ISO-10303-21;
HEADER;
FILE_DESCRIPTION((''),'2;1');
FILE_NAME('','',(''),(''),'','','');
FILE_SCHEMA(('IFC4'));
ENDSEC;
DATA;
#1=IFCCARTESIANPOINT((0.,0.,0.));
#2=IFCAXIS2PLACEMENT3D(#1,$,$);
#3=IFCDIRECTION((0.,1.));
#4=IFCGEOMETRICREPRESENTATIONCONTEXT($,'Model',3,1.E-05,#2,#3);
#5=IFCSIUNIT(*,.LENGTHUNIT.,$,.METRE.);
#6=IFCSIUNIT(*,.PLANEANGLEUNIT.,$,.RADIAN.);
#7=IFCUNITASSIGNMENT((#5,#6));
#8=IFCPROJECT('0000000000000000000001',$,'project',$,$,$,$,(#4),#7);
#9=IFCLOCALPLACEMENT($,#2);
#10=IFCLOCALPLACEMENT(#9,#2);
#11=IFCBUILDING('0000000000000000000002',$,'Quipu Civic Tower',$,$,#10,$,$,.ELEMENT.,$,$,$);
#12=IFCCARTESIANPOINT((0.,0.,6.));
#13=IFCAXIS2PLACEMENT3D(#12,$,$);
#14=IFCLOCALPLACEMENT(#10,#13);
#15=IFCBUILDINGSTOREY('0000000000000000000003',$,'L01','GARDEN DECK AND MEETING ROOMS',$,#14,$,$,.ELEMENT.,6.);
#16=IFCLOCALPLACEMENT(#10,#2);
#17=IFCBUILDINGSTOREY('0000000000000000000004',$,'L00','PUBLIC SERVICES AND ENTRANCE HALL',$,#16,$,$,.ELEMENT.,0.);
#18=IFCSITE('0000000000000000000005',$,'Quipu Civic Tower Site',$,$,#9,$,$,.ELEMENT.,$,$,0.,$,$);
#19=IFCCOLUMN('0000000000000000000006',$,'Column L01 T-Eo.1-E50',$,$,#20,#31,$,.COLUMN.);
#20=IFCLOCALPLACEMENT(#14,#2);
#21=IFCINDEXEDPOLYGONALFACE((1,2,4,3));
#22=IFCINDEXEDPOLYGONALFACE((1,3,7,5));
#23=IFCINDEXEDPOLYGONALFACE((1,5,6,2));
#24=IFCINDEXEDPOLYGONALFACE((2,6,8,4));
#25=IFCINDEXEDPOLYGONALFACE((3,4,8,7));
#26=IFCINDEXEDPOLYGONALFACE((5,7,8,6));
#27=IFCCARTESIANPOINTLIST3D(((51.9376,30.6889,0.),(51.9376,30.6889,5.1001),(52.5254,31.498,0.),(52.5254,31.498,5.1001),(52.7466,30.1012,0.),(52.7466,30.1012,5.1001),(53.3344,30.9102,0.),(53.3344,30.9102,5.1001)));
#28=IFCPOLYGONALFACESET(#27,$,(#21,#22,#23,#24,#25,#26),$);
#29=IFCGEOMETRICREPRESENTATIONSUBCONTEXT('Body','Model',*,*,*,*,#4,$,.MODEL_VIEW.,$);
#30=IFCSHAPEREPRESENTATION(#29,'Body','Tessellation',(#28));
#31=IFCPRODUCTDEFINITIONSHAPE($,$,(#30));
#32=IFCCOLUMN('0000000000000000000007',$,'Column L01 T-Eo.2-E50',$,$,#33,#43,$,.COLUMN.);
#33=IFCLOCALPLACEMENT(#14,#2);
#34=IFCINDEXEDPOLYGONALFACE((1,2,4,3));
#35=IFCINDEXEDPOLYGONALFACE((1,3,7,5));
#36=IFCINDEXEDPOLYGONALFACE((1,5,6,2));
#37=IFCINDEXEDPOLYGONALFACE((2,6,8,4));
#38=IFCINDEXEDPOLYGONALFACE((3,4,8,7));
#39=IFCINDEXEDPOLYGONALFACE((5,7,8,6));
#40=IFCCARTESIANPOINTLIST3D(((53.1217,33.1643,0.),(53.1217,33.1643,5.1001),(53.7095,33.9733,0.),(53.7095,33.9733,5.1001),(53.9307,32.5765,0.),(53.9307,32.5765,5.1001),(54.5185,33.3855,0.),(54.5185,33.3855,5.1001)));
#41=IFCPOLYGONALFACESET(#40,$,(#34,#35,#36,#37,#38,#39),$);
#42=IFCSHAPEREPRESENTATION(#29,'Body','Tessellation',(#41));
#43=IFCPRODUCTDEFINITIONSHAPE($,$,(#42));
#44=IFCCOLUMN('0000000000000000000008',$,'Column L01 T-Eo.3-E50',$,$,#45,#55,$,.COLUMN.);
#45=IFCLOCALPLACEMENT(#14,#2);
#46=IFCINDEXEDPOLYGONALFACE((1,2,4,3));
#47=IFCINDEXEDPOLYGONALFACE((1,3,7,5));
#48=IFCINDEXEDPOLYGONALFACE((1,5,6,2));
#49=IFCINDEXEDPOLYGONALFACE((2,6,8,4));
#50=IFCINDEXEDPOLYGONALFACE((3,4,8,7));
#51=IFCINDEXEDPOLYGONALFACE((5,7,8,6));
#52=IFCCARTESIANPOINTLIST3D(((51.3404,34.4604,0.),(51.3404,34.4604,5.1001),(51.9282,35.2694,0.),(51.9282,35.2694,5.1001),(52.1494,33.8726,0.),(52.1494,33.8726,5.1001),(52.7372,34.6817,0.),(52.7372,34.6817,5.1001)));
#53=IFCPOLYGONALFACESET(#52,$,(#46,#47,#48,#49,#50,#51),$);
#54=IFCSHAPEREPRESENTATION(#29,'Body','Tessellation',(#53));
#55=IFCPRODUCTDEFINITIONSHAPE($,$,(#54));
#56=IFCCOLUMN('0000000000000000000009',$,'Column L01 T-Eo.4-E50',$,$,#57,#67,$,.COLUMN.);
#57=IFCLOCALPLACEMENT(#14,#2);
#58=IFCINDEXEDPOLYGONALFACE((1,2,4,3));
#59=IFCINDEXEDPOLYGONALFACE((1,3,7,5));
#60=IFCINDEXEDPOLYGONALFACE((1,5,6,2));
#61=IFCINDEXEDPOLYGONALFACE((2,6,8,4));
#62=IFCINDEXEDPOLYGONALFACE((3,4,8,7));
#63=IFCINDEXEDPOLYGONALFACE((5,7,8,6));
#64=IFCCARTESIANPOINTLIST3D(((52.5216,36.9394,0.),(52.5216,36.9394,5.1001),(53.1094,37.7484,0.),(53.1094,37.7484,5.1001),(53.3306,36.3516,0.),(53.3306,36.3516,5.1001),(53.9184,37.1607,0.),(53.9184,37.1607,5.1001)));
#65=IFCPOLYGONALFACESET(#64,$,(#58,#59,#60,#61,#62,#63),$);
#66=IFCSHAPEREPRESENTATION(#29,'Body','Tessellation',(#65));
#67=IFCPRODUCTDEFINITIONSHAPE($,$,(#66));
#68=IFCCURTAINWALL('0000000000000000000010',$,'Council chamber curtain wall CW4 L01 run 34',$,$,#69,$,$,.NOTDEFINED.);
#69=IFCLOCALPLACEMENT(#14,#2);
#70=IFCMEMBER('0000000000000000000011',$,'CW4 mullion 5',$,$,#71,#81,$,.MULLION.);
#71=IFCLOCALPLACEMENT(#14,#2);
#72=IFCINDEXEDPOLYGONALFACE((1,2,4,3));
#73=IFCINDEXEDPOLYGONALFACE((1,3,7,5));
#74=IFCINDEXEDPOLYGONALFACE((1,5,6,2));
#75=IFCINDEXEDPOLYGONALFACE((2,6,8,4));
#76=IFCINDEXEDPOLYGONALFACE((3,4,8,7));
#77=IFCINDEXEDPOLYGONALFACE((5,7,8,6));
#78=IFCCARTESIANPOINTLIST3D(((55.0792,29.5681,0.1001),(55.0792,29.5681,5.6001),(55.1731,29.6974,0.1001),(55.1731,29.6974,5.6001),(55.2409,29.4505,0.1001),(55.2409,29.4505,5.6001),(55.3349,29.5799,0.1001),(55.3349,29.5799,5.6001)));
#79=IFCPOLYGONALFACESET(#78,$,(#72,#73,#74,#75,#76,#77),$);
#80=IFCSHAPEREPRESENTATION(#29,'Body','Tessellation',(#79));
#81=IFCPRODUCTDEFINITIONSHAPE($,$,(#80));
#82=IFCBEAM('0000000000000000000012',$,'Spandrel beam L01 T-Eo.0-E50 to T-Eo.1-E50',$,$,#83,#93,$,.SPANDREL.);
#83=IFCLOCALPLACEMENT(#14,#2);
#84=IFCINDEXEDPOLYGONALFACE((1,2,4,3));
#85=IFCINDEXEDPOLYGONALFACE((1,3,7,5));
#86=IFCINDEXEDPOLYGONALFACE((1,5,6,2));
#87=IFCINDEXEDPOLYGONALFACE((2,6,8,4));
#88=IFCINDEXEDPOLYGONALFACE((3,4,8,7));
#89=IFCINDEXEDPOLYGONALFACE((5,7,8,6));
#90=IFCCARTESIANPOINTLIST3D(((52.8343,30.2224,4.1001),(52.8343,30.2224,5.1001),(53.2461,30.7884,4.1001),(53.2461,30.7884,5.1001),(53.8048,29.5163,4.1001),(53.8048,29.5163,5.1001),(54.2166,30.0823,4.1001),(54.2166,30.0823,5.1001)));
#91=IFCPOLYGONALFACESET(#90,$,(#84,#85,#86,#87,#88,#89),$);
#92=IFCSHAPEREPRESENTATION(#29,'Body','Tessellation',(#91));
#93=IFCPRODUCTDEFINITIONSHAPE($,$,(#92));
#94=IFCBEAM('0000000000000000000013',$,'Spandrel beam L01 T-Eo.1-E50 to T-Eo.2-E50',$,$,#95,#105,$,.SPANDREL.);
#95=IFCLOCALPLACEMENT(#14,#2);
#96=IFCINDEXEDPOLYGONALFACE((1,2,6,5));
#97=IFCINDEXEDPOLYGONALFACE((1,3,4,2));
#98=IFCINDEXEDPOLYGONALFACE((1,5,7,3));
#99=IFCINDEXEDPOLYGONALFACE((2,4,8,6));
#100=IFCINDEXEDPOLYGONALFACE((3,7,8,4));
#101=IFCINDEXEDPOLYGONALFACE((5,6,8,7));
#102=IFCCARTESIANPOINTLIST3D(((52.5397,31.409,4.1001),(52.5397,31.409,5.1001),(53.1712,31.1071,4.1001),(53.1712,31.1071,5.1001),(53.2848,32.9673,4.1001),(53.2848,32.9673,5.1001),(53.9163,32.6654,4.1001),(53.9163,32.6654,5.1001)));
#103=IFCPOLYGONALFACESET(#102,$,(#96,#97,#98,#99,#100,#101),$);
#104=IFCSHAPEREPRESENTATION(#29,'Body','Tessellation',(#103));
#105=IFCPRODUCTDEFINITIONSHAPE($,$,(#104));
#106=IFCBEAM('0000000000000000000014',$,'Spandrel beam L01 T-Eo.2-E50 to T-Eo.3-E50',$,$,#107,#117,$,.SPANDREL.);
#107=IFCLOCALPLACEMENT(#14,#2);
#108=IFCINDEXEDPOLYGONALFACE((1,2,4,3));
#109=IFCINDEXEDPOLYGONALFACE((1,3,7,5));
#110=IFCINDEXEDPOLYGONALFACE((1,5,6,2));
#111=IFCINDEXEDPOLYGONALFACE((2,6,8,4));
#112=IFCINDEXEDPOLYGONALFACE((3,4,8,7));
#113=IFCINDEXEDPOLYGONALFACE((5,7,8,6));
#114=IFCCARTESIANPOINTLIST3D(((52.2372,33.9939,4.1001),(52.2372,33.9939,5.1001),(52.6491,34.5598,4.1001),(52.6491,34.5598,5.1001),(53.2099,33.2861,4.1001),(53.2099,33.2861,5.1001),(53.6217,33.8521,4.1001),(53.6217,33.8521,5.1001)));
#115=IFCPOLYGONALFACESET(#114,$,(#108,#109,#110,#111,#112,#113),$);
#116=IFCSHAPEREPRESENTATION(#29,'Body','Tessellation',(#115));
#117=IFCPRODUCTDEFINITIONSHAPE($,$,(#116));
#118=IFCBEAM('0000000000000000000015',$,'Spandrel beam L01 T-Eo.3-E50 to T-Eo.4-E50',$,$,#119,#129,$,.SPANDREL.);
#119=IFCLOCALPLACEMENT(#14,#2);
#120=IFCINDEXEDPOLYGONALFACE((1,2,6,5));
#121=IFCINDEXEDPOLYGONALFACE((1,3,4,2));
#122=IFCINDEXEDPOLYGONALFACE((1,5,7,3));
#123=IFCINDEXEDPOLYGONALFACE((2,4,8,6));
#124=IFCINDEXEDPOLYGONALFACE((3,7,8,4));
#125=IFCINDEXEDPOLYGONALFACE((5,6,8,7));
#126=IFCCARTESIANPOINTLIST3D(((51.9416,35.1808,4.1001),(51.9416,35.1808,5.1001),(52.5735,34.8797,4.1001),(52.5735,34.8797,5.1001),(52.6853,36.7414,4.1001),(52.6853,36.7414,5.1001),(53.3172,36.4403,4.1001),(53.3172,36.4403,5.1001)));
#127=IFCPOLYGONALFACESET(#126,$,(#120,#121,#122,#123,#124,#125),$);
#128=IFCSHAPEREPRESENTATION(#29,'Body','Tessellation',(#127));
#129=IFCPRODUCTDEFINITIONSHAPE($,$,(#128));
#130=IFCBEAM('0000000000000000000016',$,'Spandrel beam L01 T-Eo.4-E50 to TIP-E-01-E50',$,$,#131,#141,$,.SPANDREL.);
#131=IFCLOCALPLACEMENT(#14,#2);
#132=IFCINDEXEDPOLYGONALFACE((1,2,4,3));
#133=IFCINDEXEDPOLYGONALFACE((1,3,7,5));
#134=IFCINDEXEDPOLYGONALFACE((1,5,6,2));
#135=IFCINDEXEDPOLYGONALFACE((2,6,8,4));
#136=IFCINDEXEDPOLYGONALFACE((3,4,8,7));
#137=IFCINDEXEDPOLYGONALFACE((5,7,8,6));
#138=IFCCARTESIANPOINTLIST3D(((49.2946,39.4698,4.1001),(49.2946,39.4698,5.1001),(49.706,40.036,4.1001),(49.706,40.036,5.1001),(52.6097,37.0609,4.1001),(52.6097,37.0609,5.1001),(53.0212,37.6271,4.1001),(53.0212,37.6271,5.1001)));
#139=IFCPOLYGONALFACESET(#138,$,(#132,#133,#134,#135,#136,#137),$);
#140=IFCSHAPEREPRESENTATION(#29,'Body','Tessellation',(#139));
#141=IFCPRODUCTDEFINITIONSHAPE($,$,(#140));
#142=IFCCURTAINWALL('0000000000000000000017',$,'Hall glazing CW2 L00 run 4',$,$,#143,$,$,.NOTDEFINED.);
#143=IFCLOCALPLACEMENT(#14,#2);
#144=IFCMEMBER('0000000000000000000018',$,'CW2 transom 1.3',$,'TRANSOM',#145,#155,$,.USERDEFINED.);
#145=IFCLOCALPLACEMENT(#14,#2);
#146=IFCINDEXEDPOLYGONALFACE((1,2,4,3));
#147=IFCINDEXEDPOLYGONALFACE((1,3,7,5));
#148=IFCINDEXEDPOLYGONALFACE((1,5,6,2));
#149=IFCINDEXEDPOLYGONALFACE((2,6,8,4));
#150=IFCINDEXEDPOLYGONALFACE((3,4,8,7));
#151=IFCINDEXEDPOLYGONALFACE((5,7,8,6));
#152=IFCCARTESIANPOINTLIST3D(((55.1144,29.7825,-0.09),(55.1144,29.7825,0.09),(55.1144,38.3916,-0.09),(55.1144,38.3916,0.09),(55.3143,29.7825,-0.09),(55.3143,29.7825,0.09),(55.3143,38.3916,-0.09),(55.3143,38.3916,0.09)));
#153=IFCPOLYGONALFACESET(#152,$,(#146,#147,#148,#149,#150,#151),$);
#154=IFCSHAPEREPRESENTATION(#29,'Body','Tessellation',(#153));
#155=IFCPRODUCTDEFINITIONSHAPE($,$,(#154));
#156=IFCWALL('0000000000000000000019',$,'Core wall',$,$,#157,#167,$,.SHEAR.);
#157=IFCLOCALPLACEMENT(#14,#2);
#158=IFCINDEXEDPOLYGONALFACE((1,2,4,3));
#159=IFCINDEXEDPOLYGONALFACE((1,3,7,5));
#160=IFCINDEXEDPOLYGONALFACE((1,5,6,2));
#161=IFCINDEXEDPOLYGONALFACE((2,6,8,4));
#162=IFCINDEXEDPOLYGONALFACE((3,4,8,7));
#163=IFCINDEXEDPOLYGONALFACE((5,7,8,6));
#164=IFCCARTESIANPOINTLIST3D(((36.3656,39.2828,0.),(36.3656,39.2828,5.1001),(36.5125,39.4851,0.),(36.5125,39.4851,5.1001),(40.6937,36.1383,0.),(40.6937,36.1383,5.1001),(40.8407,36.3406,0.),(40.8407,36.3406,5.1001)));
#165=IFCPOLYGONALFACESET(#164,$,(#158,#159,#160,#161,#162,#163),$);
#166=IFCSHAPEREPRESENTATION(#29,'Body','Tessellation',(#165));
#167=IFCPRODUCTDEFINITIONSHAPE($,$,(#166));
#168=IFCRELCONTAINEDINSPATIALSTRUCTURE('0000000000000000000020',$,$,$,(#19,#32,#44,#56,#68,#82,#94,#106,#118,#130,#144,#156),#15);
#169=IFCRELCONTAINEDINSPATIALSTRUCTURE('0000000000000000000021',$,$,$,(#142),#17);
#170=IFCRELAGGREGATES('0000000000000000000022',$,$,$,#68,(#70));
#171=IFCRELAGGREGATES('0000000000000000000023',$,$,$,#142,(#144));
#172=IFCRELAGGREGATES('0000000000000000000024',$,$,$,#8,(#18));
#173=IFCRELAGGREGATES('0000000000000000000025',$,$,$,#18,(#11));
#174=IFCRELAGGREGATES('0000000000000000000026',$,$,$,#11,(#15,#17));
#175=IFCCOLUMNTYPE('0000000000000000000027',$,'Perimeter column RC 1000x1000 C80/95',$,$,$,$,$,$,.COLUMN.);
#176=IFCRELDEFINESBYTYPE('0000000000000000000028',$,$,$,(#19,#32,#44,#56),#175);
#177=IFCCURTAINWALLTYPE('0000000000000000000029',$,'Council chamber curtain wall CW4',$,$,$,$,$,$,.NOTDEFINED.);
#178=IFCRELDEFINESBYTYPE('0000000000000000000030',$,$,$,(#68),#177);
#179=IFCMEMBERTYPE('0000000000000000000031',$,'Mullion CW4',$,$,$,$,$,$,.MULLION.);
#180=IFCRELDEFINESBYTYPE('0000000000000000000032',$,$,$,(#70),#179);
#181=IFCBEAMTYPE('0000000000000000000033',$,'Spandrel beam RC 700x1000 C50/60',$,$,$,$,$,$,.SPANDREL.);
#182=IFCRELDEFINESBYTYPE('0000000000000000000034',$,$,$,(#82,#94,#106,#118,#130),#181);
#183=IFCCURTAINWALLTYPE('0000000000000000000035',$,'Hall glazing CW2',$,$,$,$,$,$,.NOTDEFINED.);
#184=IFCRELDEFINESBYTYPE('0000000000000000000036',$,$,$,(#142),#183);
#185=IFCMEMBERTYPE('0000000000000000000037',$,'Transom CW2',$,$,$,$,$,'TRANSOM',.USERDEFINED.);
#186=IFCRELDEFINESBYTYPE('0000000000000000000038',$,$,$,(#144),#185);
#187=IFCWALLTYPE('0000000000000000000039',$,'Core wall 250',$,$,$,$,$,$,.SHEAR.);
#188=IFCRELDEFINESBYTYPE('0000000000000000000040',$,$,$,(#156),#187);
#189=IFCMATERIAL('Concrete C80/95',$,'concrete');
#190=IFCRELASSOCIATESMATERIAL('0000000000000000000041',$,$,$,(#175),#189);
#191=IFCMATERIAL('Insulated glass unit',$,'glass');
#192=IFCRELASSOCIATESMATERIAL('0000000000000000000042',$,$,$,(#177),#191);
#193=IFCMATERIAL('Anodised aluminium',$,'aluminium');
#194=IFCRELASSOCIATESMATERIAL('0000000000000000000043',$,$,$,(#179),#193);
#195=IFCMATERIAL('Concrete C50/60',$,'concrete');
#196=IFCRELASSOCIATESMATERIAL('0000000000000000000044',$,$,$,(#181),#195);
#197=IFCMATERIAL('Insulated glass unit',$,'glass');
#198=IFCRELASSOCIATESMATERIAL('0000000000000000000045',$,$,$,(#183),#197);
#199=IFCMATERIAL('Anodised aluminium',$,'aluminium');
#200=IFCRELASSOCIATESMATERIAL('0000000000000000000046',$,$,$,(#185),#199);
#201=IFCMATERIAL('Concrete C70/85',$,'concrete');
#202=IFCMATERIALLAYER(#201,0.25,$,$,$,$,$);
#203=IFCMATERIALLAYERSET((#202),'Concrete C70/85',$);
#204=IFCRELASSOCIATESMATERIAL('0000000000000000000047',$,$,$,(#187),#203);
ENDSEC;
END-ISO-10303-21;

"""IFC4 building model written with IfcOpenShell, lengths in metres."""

from ifc_helpers import new_model, si_unit, direction, frame, frame_2d, origin, origin_2d, place, context, subcontext, project, spatial, rectangle, extrude, material, layer, layer_set, material_profile, profile_set, type_object, element, aggregate, save


model = new_model("IFC4")

# Units and contexts
model_context = context("Model", 3, precision=1e-05, world=origin(), true_north=direction((0.0, 1.0)))
body_context = subcontext(model_context, "Body", "Model", "MODEL_VIEW")
ifc_project = project(units=[si_unit("LENGTHUNIT", "METRE"), si_unit("PLANEANGLEUNIT", "RADIAN")], contexts=[model_context])

# Site, building, storey
site_placement = place(None, origin())
site = spatial("IfcSite", under=ifc_project, at=site_placement, Name="Quipu Civic Tower Site", CompositionType="ELEMENT", RefElevation=0.0)
building_placement = place(site_placement, origin())
building = spatial("IfcBuilding", under=site, at=building_placement, Name="Quipu Civic Tower", CompositionType="ELEMENT")
storey_1_placement = place(building_placement, frame((0.0, 0.0, 6.0)))
storey_1 = spatial("IfcBuildingStorey", under=building, at=storey_1_placement, Name="L01", Description="GARDEN DECK AND MEETING ROOMS", CompositionType="ELEMENT", Elevation=6.0)

# Columns
ifc_material_1 = material(Name="Concrete C80/95", Category="concrete")
ifc_material_profile_1 = material_profile(ifc_material_1, rectangle(XDim=1.0, YDim=1.0, at=origin_2d()), Name="RC1000x1000")
ifc_profile_set_1 = profile_set([ifc_material_profile_1], Name="Concrete C80/95")
column_type = type_object("IfcColumnType", Name="Perimeter column RC 1000x1000 C80/95", PredefinedType="COLUMN", material=ifc_profile_set_1)
for number, where, z_axis, x_axis, name in (
    (1, (52.636, 30.7996, 0.0), (0.0, 0.0, 1.0), (-0.809017, 0.587785, 0.0), "Column L01 T-Eo.1-E50"),
    (2, (53.8201, 33.2749, 0.0), (0.0, 0.0, 1.0), (-0.809017, 0.587785, 0.0), "Column L01 T-Eo.2-E50"),
    (3, (52.0388, 34.571, 0.0), (0.0, 0.0, 1.0), (0.587785, 0.809017, 0.0), "Column L01 T-Eo.3-E50"),
    (4, (53.22, 37.05, 0.0), (0.0, 0.0, 1.0), (-0.809017, 0.587785, 0.0), "Column L01 T-Eo.4-E50"),
):
    element("IfcColumn", number, at=place(storey_1_placement, frame(where, z_axis=z_axis, x_axis=x_axis)), inside=storey_1, type_object=column_type, Name=name, PredefinedType="COLUMN", context=body_context, shape_type="SweptSolid", body=[
        extrude(rectangle(XDim=1.0, YDim=1.0, at=origin_2d()), origin(), (0.0, 0.0, 1.0), 5.1001),
    ])

# Curtain wall, member
ifc_material_2 = material(Name="Insulated glass unit", Category="glass")
curtain_wall_type_1 = type_object("IfcCurtainWallType", Name="Council chamber curtain wall CW4", PredefinedType="NOTDEFINED", material=ifc_material_2)
curtain_wall_1_placement = place(storey_1_placement, origin())
curtain_wall_1 = element("IfcCurtainWall", 5, at=curtain_wall_1_placement, inside=storey_1, type_object=curtain_wall_type_1, Name="Council chamber curtain wall CW4 L01 run 34", PredefinedType="NOTDEFINED")
ifc_material_3 = material(Name="Anodised aluminium", Category="aluminium")
ifc_material_profile_2 = material_profile(ifc_material_3, rectangle(XDim=0.2, YDim=0.1599, at=origin_2d()), Name="RECT 200x160")
ifc_profile_set_2 = profile_set([ifc_material_profile_2], Name="Anodised aluminium")
member_type_1 = type_object("IfcMemberType", Name="Mullion CW4", PredefinedType="MULLION", material=ifc_profile_set_2)
member_1_placement = place(storey_1_placement, frame((55.207, 29.574, 0.1001), z_axis=(0.0, 0.0, 1.0), x_axis=(-0.809017, 0.587785, 0.0)))
member_1 = element("IfcMember", 6, at=member_1_placement, type_object=member_type_1, Name="CW4 mullion 5", PredefinedType="MULLION", context=body_context, shape_type="SweptSolid", body=[
    extrude(rectangle(XDim=0.2, YDim=0.1599, at=origin_2d()), origin(), (0.0, 0.0, 1.0), 5.5),
])
aggregate(curtain_wall_1, [member_1])

# Beams
ifc_material_4 = material(Name="Concrete C50/60", Category="concrete")
ifc_material_profile_3 = material_profile(ifc_material_4, rectangle(XDim=0.7, YDim=1.0, at=origin_2d()), Name="RC700x1000")
ifc_profile_set_3 = profile_set([ifc_material_profile_3], Name="Concrete C50/60")
beam_type = type_object("IfcBeamType", Name="Spandrel beam RC 700x1000 C50/60", PredefinedType="SPANDREL", material=ifc_profile_set_3)
beam_1_placement = place(storey_1_placement, frame((54.0107, 29.7993, 4.6001), z_axis=(-0.808631, 0.588317, 0.0), x_axis=(-0.588317, -0.808631, 0.0)))
element("IfcBeam", 7, at=beam_1_placement, inside=storey_1, type_object=beam_type, Name="Spandrel beam L01 T-Eo.0-E50 to T-Eo.1-E50", PredefinedType="SPANDREL", context=body_context, shape_type="SweptSolid", body=[
    extrude(rectangle(XDim=0.7, YDim=1.0, at=origin_2d()), origin(), (0.0, 0.0, 1.0), 1.2002),
])
beam_2_placement = place(storey_1_placement, frame((52.8555, 31.2581, 4.6001), z_axis=(0.43137, 0.902175, 0.0), x_axis=(-0.902175, 0.43137, 0.0)))
element("IfcBeam", 8, at=beam_2_placement, inside=storey_1, type_object=beam_type, Name="Spandrel beam L01 T-Eo.1-E50 to T-Eo.2-E50", PredefinedType="SPANDREL", context=body_context, shape_type="SweptSolid", body=[
    extrude(rectangle(XDim=0.7, YDim=1.0, at=origin_2d()), origin(), (0.0, 0.0, 1.0), 1.7273),
])
beam_3_placement = place(storey_1_placement, frame((53.4158, 33.5691, 4.6001), z_axis=(-0.808587, 0.588377, 0.0), x_axis=(-0.588377, -0.808587, 0.0)))
element("IfcBeam", 9, at=beam_3_placement, inside=storey_1, type_object=beam_type, Name="Spandrel beam L01 T-Eo.2-E50 to T-Eo.3-E50", PredefinedType="SPANDREL", context=body_context, shape_type="SweptSolid", body=[
    extrude(rectangle(XDim=0.7, YDim=1.0, at=origin_2d()), origin(), (0.0, 0.0, 1.0), 1.2029),
])
beam_4_placement = place(storey_1_placement, frame((52.2576, 35.0303, 4.6001), z_axis=(0.430186, 0.90274, 0.0), x_axis=(-0.90274, 0.430186, 0.0)))
element("IfcBeam", 10, at=beam_4_placement, inside=storey_1, type_object=beam_type, Name="Spandrel beam L01 T-Eo.3-E50 to T-Eo.4-E50", PredefinedType="SPANDREL", context=body_context, shape_type="SweptSolid", body=[
    extrude(rectangle(XDim=0.7, YDim=1.0, at=origin_2d()), origin(), (0.0, 0.0, 1.0), 1.7288),
])
beam_5_placement = place(storey_1_placement, frame((52.8154, 37.344, 4.6001), z_axis=(-0.808981, 0.587835, 0.0), x_axis=(-0.587835, -0.808981, 0.0)))
element("IfcBeam", 11, at=beam_5_placement, inside=storey_1, type_object=beam_type, Name="Spandrel beam L01 T-Eo.4-E50 to TIP-E-01-E50", PredefinedType="SPANDREL", context=body_context, shape_type="SweptSolid", body=[
    extrude(rectangle(XDim=0.7, YDim=1.0, at=origin_2d()), origin(), (0.0, 0.0, 1.0), 4.0979),
])

# Shared definitions
storey_2_placement = place(building_placement, origin())
storey_2 = spatial("IfcBuildingStorey", under=building, at=storey_2_placement, Name="L00", Description="PUBLIC SERVICES AND ENTRANCE HALL", CompositionType="ELEMENT", Elevation=0.0)

# Curtain wall, member
ifc_material_5 = material(Name="Insulated glass unit", Category="glass")
curtain_wall_type_2 = type_object("IfcCurtainWallType", Name="Hall glazing CW2", PredefinedType="NOTDEFINED", material=ifc_material_5)
curtain_wall_2_placement = place(storey_2_placement, origin())
curtain_wall_2 = element("IfcCurtainWall", 12, at=curtain_wall_2_placement, inside=storey_2, type_object=curtain_wall_type_2, Name="Hall glazing CW2 L00 run 4", PredefinedType="NOTDEFINED")
ifc_material_6 = material(Name="Anodised aluminium", Category="aluminium")
ifc_material_profile_4 = material_profile(ifc_material_6, rectangle(XDim=0.2, YDim=0.1799, at=origin_2d()), Name="RECT 200x180")
ifc_profile_set_4 = profile_set([ifc_material_profile_4], Name="Anodised aluminium")
member_type_2 = type_object("IfcMemberType", Name="Transom CW2", ElementType="TRANSOM", PredefinedType="USERDEFINED", material=ifc_profile_set_4)
member_2_placement = place(storey_1_placement, frame((55.2144, 29.7825, 0.0), z_axis=(0.0, 1.0, 0.0), x_axis=(-1.0, 0.0, 0.0)))
member_2 = element("IfcMember", 13, at=member_2_placement, inside=storey_1, type_object=member_type_2, Name="CW2 transom 1.3", ObjectType="TRANSOM", PredefinedType="USERDEFINED", context=body_context, shape_type="SweptSolid", body=[
    extrude(rectangle(XDim=0.2, YDim=0.1799, at=origin_2d()), origin(), (0.0, 0.0, 1.0), 8.6091),
])
aggregate(curtain_wall_2, [member_2])

# Wall
ifc_material_7 = material(Name="Concrete C70/85", Category="concrete")
ifc_layer_1 = layer(ifc_material_7, 0.25)
ifc_layer_set_1 = layer_set([ifc_layer_1], Name="Concrete C70/85")
wall_type_1 = type_object("IfcWallType", Name="Core wall 250", PredefinedType="SHEAR", material=ifc_layer_set_1)
wall_1_placement = place(storey_1_placement, frame((40.7671, 36.2395, 0.0), z_axis=(0.0, 0.0, 1.0), x_axis=(-0.80902, 0.587781, 0.0)))
element("IfcWall", 14, at=wall_1_placement, inside=storey_1, type_object=wall_type_1, Name="Core wall", PredefinedType="SHEAR", context=body_context, shape_type="SweptSolid", body=[
    extrude(rectangle(XDim=5.3499, YDim=0.25, at=frame_2d((2.6748, 0.0))), origin(), (0.0, 0.0, 1.0), 5.1001),
])

save(model, "model.ifc")
